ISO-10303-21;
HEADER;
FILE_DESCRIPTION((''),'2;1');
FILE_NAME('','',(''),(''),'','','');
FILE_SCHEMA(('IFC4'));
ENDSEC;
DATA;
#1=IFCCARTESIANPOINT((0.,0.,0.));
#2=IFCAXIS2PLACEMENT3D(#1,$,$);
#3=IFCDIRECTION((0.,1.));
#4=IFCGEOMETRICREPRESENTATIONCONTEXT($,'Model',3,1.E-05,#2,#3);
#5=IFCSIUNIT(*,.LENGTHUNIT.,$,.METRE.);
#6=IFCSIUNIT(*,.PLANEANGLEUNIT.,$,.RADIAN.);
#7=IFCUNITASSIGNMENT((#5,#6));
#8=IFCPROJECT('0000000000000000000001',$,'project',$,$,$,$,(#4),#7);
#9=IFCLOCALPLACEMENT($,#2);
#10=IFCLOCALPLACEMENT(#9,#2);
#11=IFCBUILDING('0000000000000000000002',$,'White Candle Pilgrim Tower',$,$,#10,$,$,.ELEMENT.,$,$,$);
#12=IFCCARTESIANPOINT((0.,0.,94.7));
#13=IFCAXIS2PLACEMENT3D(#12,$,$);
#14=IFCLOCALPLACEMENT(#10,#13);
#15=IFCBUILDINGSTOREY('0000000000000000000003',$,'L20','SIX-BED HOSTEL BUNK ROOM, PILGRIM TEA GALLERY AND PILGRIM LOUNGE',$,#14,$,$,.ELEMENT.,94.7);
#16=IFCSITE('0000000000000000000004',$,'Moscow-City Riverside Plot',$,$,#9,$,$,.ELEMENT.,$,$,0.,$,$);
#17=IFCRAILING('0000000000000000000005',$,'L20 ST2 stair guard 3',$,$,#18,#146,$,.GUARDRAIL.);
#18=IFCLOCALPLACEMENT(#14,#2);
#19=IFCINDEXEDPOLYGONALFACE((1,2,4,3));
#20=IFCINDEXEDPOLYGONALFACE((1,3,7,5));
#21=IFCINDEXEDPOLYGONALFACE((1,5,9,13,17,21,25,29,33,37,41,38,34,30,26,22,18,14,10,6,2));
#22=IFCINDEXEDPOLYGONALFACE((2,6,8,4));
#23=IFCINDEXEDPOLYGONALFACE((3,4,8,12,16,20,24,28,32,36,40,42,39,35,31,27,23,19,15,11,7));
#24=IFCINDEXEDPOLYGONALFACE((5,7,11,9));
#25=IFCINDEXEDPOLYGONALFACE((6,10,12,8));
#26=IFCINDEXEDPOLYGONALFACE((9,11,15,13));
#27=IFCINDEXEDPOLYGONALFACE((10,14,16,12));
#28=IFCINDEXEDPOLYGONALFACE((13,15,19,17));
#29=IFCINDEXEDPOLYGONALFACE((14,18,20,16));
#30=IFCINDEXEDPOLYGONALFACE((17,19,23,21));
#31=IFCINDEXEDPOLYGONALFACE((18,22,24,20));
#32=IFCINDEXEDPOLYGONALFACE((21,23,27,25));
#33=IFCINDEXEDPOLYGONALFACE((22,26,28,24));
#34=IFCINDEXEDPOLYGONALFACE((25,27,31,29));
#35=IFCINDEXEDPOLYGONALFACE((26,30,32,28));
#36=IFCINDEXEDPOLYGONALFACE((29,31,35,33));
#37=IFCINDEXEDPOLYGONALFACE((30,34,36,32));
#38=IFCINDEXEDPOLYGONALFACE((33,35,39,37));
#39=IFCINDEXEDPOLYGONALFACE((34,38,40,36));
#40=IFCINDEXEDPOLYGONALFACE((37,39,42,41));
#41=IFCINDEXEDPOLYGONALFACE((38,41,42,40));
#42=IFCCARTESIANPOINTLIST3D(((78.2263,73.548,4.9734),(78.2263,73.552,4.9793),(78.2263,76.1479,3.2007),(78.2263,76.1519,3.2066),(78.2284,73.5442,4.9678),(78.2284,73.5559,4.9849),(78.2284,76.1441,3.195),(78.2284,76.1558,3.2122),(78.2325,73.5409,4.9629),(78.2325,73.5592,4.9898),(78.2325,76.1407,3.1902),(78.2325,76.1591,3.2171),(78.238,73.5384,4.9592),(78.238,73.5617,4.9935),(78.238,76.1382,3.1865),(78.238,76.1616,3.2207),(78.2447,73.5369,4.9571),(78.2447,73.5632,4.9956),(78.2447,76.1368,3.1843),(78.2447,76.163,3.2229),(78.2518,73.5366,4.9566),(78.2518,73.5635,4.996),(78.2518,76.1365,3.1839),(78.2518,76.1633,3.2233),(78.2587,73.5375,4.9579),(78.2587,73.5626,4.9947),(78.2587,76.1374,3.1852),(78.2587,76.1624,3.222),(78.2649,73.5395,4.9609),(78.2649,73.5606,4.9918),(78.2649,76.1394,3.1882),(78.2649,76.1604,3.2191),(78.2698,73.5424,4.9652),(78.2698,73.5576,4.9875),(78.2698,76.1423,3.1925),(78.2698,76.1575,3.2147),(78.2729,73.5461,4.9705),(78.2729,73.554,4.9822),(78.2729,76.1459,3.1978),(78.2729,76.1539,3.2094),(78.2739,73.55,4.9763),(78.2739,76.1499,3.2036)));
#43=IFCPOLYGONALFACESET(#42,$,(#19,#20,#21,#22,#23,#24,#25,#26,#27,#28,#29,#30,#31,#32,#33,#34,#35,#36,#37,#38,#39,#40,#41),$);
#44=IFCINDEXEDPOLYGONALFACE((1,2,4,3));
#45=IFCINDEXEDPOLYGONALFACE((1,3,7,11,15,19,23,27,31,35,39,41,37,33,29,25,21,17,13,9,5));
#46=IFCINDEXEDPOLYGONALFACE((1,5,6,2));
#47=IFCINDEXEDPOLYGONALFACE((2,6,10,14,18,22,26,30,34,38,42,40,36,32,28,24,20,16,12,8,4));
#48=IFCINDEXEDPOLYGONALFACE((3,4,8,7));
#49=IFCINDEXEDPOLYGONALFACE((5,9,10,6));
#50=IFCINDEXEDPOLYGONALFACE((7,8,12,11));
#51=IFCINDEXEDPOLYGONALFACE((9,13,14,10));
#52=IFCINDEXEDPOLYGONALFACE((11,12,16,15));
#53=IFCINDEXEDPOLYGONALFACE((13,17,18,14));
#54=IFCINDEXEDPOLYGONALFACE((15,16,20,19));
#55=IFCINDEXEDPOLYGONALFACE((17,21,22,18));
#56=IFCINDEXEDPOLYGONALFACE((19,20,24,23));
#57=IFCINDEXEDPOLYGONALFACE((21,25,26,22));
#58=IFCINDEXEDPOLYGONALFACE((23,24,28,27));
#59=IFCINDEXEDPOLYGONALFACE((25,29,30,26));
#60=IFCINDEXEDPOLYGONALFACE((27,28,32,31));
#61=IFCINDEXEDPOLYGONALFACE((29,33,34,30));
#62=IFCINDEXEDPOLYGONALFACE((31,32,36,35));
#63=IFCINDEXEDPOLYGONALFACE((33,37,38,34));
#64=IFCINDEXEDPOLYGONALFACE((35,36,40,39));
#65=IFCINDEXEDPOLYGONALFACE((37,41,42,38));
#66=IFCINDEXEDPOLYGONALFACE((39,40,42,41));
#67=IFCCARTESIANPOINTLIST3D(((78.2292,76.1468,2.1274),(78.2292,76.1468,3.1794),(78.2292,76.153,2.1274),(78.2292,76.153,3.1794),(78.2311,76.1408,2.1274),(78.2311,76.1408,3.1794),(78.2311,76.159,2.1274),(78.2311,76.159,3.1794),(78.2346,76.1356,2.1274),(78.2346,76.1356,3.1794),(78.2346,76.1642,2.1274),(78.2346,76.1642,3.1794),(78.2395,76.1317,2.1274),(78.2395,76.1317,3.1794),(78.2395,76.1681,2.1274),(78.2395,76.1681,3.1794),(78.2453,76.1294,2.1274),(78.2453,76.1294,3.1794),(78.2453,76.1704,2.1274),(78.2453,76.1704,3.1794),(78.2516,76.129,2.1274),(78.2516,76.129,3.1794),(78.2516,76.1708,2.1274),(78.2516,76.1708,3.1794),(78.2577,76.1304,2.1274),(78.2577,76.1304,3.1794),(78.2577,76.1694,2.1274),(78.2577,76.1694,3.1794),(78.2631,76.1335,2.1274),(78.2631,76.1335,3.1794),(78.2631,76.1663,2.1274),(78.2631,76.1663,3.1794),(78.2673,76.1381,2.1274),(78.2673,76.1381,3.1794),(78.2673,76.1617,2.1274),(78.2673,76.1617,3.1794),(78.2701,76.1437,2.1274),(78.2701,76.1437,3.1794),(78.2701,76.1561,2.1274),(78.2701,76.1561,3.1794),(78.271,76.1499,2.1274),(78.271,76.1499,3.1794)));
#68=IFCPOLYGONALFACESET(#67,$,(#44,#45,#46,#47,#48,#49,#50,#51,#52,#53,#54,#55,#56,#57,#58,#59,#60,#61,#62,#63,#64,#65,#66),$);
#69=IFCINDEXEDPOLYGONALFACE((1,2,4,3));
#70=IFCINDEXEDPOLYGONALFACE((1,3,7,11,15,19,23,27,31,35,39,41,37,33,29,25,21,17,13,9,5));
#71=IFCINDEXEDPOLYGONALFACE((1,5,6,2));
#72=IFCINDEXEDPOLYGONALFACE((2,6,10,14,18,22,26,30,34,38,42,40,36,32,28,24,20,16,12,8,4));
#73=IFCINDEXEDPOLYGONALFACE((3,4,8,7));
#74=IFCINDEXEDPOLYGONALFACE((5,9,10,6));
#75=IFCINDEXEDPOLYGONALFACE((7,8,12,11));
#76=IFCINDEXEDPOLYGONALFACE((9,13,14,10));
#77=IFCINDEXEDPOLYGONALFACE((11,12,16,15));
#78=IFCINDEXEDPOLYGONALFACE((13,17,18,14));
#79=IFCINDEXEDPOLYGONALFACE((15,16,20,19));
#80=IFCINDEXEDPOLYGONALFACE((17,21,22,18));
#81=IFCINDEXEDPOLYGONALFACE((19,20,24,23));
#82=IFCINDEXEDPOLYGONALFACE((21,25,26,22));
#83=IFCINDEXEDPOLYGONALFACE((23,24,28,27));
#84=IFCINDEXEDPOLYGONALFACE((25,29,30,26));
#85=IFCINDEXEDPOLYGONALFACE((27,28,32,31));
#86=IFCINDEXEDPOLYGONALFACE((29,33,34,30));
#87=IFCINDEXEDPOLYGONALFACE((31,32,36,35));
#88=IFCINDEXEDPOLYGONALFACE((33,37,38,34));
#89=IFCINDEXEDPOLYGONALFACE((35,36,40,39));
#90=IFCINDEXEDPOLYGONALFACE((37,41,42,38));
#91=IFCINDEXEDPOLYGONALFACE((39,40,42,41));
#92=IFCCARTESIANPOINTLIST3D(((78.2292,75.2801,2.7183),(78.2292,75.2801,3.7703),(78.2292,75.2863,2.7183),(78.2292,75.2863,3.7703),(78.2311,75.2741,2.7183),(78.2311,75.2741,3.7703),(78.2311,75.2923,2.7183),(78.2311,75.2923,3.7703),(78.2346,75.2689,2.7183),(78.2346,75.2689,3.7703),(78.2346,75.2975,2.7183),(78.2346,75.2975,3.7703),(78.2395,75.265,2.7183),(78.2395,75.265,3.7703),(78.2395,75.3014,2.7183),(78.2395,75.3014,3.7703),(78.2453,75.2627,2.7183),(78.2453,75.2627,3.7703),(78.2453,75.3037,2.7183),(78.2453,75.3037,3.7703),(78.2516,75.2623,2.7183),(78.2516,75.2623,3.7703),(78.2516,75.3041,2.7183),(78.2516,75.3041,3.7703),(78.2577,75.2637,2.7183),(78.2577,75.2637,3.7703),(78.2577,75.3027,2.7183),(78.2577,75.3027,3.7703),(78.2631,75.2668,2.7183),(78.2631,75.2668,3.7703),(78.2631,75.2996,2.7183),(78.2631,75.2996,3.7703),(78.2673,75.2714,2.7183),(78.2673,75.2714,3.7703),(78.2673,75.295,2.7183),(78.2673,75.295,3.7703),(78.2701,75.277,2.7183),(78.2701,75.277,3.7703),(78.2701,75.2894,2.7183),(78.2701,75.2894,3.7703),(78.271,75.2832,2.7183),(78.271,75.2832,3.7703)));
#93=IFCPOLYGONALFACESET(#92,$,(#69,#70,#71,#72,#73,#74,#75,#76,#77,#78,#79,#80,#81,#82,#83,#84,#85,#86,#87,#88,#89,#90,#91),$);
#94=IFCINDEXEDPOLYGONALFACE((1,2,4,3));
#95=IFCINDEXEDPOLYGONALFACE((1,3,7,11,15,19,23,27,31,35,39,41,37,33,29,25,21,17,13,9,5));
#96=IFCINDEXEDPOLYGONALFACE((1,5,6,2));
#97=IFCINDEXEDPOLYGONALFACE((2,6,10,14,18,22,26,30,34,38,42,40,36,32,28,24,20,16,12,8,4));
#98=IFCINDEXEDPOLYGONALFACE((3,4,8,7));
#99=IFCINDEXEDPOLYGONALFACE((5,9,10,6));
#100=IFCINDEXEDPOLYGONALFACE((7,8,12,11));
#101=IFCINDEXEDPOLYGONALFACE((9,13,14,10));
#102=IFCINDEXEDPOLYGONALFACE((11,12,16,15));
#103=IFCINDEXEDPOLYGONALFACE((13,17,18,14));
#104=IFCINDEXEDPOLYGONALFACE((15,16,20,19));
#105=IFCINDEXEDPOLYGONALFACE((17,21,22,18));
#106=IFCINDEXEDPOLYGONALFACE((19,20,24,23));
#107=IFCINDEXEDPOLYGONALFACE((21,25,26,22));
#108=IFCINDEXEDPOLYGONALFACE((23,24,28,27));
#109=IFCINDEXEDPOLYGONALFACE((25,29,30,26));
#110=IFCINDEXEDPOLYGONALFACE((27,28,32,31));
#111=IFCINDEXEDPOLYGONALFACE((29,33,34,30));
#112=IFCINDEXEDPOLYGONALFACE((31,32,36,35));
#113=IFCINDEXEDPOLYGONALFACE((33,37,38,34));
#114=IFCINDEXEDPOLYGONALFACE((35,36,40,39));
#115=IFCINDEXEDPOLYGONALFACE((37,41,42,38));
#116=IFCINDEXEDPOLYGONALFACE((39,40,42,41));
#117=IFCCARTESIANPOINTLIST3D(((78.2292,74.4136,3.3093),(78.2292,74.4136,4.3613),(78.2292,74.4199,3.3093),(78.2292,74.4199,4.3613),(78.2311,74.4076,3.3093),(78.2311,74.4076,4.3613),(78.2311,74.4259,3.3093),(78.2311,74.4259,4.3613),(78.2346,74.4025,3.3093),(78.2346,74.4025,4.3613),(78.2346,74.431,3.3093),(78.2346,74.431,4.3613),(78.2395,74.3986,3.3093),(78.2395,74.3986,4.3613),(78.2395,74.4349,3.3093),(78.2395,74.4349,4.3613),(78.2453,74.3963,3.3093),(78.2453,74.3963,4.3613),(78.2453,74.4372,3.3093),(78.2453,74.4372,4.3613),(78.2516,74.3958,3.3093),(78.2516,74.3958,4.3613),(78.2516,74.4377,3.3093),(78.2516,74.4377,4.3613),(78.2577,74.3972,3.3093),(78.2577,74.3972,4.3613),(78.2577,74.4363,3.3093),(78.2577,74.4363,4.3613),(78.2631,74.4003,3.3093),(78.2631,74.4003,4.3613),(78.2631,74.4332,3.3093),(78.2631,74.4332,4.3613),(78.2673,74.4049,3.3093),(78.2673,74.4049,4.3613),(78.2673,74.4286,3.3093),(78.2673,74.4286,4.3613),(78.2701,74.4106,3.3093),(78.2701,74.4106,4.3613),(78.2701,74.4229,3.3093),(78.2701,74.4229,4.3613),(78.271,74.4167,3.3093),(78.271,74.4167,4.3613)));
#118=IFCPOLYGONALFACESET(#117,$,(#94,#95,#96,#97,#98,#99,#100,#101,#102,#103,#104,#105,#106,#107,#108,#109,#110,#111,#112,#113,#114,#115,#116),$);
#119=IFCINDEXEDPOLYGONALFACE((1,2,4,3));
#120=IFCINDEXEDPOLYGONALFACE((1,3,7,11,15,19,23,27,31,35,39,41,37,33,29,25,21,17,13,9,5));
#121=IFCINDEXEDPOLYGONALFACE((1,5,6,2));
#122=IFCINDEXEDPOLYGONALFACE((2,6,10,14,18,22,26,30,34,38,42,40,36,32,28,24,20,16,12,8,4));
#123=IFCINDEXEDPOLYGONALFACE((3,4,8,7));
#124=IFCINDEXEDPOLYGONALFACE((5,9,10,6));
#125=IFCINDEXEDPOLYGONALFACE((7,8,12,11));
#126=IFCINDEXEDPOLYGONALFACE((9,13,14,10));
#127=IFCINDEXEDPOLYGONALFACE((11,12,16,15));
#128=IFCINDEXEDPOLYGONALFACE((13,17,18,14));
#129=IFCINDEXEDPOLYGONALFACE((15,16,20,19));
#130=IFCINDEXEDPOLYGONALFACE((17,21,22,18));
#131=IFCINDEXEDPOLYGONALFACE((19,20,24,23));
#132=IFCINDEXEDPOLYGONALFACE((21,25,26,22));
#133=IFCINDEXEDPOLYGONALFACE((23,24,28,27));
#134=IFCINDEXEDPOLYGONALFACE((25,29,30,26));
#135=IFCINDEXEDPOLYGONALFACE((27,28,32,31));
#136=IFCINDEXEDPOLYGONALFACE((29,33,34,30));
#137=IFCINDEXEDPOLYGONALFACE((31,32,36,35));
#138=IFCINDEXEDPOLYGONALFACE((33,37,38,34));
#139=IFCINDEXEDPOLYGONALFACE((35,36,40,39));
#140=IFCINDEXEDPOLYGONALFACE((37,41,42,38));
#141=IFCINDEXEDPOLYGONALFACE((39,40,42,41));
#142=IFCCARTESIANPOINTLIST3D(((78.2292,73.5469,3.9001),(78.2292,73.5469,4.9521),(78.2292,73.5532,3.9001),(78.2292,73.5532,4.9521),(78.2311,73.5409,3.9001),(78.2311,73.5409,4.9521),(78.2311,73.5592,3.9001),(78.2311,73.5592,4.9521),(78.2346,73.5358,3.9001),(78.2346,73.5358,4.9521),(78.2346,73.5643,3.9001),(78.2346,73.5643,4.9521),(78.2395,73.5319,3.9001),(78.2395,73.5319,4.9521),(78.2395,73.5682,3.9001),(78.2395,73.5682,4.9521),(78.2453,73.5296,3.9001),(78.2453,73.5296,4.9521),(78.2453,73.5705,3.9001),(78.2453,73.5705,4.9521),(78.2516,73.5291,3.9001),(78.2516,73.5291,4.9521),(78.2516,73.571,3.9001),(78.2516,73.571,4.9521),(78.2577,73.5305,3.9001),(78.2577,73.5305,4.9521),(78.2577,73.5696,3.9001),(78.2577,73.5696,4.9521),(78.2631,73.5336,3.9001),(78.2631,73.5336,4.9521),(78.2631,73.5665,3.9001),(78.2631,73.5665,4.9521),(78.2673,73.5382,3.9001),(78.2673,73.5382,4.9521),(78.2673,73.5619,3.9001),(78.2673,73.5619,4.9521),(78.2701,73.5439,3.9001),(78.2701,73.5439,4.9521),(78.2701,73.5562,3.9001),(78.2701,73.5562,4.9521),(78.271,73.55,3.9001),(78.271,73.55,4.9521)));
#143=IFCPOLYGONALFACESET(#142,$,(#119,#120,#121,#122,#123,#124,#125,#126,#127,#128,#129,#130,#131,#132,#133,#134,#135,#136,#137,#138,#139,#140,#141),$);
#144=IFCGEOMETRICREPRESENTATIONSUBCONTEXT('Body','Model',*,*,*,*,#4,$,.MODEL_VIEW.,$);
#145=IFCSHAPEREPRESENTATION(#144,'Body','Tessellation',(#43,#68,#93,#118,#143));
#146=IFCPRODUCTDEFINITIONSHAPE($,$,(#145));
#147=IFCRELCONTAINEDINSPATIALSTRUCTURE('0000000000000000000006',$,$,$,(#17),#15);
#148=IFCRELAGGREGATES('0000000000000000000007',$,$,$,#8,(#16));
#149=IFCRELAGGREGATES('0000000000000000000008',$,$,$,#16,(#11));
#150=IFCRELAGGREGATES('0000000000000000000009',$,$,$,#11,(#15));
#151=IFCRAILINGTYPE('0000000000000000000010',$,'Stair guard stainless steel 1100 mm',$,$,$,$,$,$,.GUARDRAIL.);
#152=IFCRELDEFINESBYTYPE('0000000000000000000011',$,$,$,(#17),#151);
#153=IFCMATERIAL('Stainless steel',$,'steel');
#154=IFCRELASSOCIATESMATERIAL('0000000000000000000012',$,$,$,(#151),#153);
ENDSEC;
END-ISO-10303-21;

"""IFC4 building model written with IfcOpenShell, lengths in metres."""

from ifc_helpers import new_model, si_unit, direction, frame, origin, origin_2d, place, context, subcontext, project, spatial, circle, extrude, material, type_object, element, save


model = new_model("IFC4")

# Units and contexts
model_context = context("Model", 3, precision=1e-05, world=origin(), true_north=direction((0.0, 1.0)))
body_context = subcontext(model_context, "Body", "Model", "MODEL_VIEW")
ifc_project = project(units=[si_unit("LENGTHUNIT", "METRE"), si_unit("PLANEANGLEUNIT", "RADIAN")], contexts=[model_context])

# Site, building, storey
site_placement = place(None, origin())
site = spatial("IfcSite", under=ifc_project, at=site_placement, Name="Moscow-City Riverside Plot", CompositionType="ELEMENT", RefElevation=0.0)
building_placement = place(site_placement, origin())
building = spatial("IfcBuilding", under=site, at=building_placement, Name="White Candle Pilgrim Tower", CompositionType="ELEMENT")
storey_placement = place(building_placement, frame((0.0, 0.0, 94.7)))
storey = spatial("IfcBuildingStorey", under=building, at=storey_placement, Name="L20", Description="SIX-BED HOSTEL BUNK ROOM, PILGRIM TEA GALLERY AND PILGRIM LOUNGE", CompositionType="ELEMENT", Elevation=94.7)

# Railing
ifc_material_1 = material(Name="Stainless steel", Category="steel")
railing_type = type_object("IfcRailingType", Name="Stair guard stainless steel 1100 mm", PredefinedType="GUARDRAIL", material=ifc_material_1)
railing_1_placement = place(storey_placement, frame((78.25, 76.1499, 2.1274)))
element("IfcRailing", 1, at=railing_1_placement, inside=storey, type_object=railing_type, Name="L20 ST2 stair guard 3", PredefinedType="GUARDRAIL", context=body_context, shape_type="SweptSolid", body=[
    extrude(circle(Radius=0.0239, at=origin_2d()), frame((0.0, 0.0, 1.0762), z_axis=(0.0, -0.826216, 0.563354), x_axis=(1.0, 0.0, 0.0)), (0.0, 0.0, 1.0), 3.1467),
    extrude(circle(Radius=0.021, at=origin_2d()), origin(), (0.0, 0.0, 1.0), 1.052),
    extrude(circle(Radius=0.021, at=origin_2d()), frame((0.0, -0.8667, 0.5908)), (0.0, 0.0, 1.0), 1.052),
    extrude(circle(Radius=0.021, at=origin_2d()), frame((0.0, -1.7332, 1.1819)), (0.0, 0.0, 1.0), 1.052),
    extrude(circle(Radius=0.021, at=origin_2d()), frame((0.0, -2.5999, 1.7727)), (0.0, 0.0, 1.0), 1.052),
])

save(model, "model.ifc")
